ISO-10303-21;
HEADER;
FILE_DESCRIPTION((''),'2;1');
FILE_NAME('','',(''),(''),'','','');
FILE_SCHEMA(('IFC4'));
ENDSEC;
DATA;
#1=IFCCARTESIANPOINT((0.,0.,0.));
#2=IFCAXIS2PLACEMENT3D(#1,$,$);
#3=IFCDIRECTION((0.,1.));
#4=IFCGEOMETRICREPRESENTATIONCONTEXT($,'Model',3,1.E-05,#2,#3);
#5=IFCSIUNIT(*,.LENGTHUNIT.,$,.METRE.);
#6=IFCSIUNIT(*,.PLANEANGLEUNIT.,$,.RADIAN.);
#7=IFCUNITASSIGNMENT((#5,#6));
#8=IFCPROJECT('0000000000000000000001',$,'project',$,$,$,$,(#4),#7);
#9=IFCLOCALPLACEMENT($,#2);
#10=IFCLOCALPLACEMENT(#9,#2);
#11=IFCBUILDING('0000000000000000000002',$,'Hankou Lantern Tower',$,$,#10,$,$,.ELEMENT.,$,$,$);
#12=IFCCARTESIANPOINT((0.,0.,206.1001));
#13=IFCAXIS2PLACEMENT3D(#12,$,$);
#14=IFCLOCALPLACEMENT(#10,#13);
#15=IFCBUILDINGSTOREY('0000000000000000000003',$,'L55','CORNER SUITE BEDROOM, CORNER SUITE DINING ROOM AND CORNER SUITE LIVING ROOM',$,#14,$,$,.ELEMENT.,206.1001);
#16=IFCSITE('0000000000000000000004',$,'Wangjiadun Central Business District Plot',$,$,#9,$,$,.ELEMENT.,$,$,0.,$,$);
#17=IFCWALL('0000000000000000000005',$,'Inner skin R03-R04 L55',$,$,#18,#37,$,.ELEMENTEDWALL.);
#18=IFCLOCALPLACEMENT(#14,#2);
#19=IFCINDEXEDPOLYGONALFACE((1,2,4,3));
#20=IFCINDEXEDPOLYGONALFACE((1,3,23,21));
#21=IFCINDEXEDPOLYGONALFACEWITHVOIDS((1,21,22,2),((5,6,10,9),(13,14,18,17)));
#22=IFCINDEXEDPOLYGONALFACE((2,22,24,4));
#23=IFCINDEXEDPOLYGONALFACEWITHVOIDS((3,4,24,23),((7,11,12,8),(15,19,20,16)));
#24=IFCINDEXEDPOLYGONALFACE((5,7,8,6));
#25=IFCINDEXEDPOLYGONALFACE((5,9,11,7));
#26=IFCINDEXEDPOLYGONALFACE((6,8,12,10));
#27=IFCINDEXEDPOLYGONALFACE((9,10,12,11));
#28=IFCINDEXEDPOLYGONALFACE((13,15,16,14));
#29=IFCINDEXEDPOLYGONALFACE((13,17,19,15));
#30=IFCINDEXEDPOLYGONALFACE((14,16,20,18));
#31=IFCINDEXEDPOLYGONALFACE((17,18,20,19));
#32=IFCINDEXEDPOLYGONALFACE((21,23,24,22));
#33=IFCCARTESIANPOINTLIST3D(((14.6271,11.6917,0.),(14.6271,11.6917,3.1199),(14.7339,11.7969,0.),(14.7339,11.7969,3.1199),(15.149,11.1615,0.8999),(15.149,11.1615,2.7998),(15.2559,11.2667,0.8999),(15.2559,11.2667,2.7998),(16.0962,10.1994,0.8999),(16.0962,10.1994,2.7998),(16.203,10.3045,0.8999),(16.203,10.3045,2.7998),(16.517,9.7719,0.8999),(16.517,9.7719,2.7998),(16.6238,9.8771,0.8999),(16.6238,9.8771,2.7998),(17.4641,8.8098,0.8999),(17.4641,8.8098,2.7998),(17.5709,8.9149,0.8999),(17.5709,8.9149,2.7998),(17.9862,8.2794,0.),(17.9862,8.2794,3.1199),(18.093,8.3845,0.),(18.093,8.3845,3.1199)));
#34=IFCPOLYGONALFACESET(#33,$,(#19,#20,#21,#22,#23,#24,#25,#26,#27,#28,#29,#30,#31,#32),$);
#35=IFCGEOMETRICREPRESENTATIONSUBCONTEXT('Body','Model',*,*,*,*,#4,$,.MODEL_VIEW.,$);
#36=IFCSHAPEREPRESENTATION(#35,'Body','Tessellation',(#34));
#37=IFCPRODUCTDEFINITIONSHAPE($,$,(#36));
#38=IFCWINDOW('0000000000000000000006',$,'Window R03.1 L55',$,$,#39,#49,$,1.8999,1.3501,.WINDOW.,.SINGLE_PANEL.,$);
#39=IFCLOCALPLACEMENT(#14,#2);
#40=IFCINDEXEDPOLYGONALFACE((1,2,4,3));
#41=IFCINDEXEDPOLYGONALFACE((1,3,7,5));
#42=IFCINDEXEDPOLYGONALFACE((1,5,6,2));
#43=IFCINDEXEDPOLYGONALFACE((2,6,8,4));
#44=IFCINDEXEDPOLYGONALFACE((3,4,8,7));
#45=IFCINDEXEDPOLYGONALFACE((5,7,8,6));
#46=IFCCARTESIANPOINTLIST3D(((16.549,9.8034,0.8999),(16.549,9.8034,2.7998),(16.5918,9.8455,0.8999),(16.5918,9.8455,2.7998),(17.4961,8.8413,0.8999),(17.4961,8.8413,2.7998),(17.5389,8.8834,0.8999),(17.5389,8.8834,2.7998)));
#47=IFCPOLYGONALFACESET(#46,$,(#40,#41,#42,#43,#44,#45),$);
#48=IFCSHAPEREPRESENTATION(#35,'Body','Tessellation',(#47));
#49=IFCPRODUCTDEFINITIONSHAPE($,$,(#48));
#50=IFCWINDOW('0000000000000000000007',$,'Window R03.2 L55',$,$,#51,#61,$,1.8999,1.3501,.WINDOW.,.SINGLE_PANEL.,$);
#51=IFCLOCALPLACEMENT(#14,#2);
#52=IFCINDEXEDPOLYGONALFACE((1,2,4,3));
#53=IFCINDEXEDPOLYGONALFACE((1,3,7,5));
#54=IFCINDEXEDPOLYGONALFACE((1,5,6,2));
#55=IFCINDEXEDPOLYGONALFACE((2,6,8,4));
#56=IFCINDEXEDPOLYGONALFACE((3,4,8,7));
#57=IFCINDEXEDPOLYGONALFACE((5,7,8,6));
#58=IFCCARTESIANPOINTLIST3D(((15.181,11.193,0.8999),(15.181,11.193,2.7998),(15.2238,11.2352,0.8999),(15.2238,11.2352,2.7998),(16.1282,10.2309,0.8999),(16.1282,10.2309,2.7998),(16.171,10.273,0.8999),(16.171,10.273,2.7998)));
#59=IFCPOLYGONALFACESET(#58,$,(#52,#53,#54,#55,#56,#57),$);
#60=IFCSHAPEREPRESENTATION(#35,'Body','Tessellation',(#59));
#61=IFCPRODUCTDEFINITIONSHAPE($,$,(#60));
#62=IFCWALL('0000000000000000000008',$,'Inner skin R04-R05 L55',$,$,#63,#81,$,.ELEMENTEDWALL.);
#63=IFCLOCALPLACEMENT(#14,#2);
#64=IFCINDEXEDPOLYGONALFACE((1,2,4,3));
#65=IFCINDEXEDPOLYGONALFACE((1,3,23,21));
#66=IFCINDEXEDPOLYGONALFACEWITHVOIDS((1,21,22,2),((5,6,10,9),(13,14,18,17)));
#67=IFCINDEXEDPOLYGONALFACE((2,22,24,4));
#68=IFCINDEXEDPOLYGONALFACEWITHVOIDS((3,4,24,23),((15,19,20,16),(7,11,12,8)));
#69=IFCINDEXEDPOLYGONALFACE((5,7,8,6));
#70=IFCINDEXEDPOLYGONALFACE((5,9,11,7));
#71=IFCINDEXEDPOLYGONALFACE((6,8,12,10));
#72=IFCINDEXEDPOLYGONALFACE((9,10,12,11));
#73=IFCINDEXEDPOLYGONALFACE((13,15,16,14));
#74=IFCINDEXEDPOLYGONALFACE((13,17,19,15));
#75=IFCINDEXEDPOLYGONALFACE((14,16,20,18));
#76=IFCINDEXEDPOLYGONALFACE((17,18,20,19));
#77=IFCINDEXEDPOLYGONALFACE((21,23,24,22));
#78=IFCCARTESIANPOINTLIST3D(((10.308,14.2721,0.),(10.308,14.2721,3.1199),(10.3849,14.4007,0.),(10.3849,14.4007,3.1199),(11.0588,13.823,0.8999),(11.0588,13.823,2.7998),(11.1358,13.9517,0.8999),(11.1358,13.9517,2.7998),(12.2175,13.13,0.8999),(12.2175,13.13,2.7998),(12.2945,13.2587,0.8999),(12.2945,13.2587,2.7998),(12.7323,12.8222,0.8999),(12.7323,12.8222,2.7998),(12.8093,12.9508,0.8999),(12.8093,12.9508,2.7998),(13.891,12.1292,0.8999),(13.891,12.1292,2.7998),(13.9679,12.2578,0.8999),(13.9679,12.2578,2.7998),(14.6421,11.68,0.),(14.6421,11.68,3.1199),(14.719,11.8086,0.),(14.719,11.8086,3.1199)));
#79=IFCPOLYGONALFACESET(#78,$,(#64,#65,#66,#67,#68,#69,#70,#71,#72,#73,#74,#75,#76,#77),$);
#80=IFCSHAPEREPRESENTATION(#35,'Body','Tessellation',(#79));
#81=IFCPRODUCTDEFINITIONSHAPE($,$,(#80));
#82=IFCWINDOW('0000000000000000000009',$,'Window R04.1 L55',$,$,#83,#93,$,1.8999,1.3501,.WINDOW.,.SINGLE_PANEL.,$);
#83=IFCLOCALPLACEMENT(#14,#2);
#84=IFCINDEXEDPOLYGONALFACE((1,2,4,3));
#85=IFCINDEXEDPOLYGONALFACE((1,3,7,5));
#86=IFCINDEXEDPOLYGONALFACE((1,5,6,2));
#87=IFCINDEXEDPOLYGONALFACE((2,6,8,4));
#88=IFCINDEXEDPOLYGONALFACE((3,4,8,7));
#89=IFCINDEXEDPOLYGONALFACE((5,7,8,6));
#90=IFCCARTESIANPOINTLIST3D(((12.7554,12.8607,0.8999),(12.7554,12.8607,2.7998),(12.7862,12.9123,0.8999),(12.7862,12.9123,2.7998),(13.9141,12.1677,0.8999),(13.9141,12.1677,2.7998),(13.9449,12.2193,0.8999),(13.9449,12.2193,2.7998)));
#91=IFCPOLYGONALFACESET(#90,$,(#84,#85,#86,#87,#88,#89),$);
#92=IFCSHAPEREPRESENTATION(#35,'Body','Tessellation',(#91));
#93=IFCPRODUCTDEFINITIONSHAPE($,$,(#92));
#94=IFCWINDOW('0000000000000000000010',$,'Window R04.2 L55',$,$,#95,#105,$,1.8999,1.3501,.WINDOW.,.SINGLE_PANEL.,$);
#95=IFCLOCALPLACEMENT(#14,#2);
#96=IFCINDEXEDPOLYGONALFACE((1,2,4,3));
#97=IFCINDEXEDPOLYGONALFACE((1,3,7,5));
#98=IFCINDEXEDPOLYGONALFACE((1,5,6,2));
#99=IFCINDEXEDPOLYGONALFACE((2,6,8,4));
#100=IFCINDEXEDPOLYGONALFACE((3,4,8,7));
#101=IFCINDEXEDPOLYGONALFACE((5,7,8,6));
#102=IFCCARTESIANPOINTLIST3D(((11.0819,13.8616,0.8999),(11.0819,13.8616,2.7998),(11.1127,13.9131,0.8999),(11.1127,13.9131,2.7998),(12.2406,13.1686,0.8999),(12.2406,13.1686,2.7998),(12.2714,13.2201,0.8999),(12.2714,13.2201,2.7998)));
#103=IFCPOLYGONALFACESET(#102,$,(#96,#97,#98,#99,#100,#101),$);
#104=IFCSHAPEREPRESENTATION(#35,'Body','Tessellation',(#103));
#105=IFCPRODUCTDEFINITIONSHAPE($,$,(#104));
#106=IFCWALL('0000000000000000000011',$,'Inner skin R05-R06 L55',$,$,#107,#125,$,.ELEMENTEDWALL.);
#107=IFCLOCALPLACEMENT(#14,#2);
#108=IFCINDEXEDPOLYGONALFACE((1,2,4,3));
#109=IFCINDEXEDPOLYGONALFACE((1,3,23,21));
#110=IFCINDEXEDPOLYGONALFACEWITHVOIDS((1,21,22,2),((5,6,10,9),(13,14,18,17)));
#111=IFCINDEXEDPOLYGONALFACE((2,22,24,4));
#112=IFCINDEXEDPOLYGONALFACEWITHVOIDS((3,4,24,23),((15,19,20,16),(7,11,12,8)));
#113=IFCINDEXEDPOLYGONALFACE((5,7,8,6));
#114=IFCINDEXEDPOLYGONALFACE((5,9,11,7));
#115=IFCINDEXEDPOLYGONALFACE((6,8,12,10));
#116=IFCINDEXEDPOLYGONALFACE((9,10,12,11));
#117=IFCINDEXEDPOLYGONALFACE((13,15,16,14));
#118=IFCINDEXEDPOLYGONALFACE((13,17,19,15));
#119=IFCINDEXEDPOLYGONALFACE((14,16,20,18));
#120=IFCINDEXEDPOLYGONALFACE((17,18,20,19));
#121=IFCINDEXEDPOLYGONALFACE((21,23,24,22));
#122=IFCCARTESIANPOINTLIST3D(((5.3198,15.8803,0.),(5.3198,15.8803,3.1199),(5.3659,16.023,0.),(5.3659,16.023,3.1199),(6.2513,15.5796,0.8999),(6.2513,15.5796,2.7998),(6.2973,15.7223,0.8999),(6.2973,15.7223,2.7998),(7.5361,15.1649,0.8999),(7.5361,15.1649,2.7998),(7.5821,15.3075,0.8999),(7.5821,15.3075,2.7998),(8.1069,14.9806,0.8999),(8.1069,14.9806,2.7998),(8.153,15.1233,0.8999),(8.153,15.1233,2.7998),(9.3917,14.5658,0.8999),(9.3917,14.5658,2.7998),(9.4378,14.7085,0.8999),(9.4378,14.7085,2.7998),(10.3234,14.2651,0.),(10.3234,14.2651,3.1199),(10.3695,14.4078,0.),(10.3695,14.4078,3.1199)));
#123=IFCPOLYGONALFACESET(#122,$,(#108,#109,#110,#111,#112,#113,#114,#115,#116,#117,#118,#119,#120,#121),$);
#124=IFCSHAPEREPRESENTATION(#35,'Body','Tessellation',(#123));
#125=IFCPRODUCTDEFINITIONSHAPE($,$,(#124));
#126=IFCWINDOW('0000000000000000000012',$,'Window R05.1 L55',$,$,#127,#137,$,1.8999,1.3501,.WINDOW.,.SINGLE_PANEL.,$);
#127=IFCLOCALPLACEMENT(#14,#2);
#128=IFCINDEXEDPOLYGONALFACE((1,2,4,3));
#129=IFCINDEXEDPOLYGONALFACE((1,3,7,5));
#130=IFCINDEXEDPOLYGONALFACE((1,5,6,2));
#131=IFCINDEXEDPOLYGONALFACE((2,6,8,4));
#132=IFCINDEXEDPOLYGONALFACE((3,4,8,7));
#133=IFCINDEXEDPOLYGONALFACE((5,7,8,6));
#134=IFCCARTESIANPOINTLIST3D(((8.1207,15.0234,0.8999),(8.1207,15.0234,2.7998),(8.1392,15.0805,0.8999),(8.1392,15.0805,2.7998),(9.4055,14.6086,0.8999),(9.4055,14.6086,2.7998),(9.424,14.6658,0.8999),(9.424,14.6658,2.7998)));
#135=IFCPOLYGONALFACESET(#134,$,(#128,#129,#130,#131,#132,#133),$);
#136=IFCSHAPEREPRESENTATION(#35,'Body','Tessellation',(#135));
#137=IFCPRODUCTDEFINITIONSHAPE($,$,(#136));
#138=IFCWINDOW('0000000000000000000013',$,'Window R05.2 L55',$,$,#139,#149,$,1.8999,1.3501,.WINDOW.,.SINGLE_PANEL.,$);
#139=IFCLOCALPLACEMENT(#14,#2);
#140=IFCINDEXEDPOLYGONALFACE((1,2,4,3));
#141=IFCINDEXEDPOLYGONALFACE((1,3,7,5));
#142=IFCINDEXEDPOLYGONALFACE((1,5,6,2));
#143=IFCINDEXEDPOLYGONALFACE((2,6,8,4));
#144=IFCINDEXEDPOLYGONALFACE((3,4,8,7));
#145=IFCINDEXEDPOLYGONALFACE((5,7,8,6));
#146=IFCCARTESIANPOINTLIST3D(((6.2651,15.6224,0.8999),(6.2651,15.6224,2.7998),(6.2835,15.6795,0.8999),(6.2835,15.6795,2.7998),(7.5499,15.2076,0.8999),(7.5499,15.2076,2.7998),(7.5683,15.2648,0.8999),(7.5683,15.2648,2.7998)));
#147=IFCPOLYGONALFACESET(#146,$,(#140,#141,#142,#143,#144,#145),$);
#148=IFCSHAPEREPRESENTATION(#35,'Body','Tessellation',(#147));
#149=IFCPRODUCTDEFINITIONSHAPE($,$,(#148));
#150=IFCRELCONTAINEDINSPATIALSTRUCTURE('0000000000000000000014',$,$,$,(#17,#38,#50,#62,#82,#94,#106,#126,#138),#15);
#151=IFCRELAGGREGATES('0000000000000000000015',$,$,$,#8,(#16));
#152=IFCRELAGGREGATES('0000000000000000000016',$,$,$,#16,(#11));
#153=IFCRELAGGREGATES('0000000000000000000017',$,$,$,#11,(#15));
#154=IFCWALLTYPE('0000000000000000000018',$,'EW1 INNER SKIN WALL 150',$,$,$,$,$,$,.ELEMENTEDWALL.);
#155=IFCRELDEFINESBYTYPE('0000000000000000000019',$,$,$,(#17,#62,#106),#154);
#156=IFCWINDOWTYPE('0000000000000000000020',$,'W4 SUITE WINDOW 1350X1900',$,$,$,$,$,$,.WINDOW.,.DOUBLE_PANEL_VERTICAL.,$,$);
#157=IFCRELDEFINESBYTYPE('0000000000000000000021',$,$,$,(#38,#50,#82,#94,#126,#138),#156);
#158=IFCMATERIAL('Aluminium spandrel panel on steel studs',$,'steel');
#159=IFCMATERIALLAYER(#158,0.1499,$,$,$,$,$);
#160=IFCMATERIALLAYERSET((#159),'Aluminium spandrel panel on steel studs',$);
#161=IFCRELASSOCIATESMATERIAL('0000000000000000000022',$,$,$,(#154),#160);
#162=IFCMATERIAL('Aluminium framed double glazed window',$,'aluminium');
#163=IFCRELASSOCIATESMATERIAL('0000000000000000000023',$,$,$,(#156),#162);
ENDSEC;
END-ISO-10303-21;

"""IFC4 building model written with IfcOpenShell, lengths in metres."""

from ifc_helpers import new_model, si_unit, direction, frame, frame_2d, origin, place, context, subcontext, project, spatial, rectangle, extrude, material, layer, layer_set, type_object, element, fill, save


model = new_model("IFC4")

# Units and contexts
model_context = context("Model", 3, precision=1e-05, world=origin(), true_north=direction((0.0, 1.0)))
body_context = subcontext(model_context, "Body", "Model", "MODEL_VIEW")
ifc_project = project(units=[si_unit("LENGTHUNIT", "METRE"), si_unit("PLANEANGLEUNIT", "RADIAN")], contexts=[model_context])

# Site, building, storey
site_placement = place(None, origin())
site = spatial("IfcSite", under=ifc_project, at=site_placement, Name="Wangjiadun Central Business District Plot", CompositionType="ELEMENT", RefElevation=0.0)
building_placement = place(site_placement, origin())
building = spatial("IfcBuilding", under=site, at=building_placement, Name="Hankou Lantern Tower", CompositionType="ELEMENT")
storey_placement = place(building_placement, frame((0.0, 0.0, 206.1001)))
storey = spatial("IfcBuildingStorey", under=building, at=storey_placement, Name="L55", Description="CORNER SUITE BEDROOM, CORNER SUITE DINING ROOM AND CORNER SUITE LIVING ROOM", CompositionType="ELEMENT", Elevation=206.1001)

# Walls, openings, windows
ifc_material_1 = material(Name="Aluminium spandrel panel on steel studs", Category="steel")
ifc_layer_1 = layer(ifc_material_1, 0.1499)
ifc_layer_set_1 = layer_set([ifc_layer_1], Name="Aluminium spandrel panel on steel studs")
wall_type_1 = type_object("IfcWallType", Name="EW1 INNER SKIN WALL 150", PredefinedType="ELEMENTEDWALL", material=ifc_layer_set_1)
wall_1_placement = place(storey_placement, frame((18.0396, 8.332, 0.0), z_axis=(0.0, 0.0, 1.0), x_axis=(-0.701527, 0.712643, 0.0)))
wall_1 = element("IfcWall", 1, at=wall_1_placement, inside=storey, type_object=wall_type_1, Name="Inner skin R03-R04 L55", PredefinedType="ELEMENTEDWALL", context=body_context, shape_type="SweptSolid", body=[
    extrude(rectangle(XDim=4.7883, YDim=0.1499, at=frame_2d((2.394, 0.0))), origin(), (0.0, 0.0, 1.0), 3.1199),
])
opening_1_placement = place(wall_1_placement, frame((0.7441, 0.0, 0.8999)))
opening_1 = element("IfcOpeningElement", 2, at=opening_1_placement, cuts=wall_1, PredefinedType="OPENING", context=body_context, shape_type="SweptSolid", body=[
    extrude(rectangle(XDim=1.3501, YDim=1.8999, at=frame_2d((0.675, 0.95))), frame((0.0, 0.085, 0.0), z_axis=(0.0, -1.0, 0.0), x_axis=(1.0, 0.0, 0.0)), (0.0, 0.0, 1.0), 0.1699),
])
opening_2_placement = place(wall_1_placement, frame((2.6941, 0.0, 0.8999)))
opening_2 = element("IfcOpeningElement", 3, at=opening_2_placement, cuts=wall_1, PredefinedType="OPENING", context=body_context, shape_type="SweptSolid", body=[
    extrude(rectangle(XDim=1.3501, YDim=1.8999, at=frame_2d((0.675, 0.95))), frame((0.0, 0.085, 0.0), z_axis=(0.0, -1.0, 0.0), x_axis=(1.0, 0.0, 0.0)), (0.0, 0.0, 1.0), 0.1699),
])
ifc_material_2 = material(Name="Aluminium framed double glazed window", Category="aluminium")
window_type = type_object("IfcWindowType", Name="W4 SUITE WINDOW 1350X1900", PartitioningType="DOUBLE_PANEL_VERTICAL", PredefinedType="WINDOW", material=ifc_material_2)
window_1_placement = place(opening_1_placement, origin())
window_1 = element("IfcWindow", 4, at=window_1_placement, inside=storey, type_object=window_type, Name="Window R03.1 L55", OverallHeight=1.8999, OverallWidth=1.3501, PartitioningType="SINGLE_PANEL", PredefinedType="WINDOW", context=body_context, shape_type="SweptSolid", body=[
    extrude(rectangle(XDim=1.3501, YDim=1.8999, at=frame_2d((0.675, 0.95))), frame((0.0, 0.03, 0.0), z_axis=(0.0, -1.0, 0.0), x_axis=(1.0, 0.0, 0.0)), (0.0, 0.0, 1.0), 0.0601),
])
fill(opening_1, window_1)
window_2_placement = place(opening_2_placement, origin())
window_2 = element("IfcWindow", 5, at=window_2_placement, inside=storey, type_object=window_type, Name="Window R03.2 L55", OverallHeight=1.8999, OverallWidth=1.3501, PartitioningType="SINGLE_PANEL", PredefinedType="WINDOW", context=body_context, shape_type="SweptSolid", body=[
    extrude(rectangle(XDim=1.3501, YDim=1.8999, at=frame_2d((0.675, 0.95))), frame((0.0, 0.03, 0.0), z_axis=(0.0, -1.0, 0.0), x_axis=(1.0, 0.0, 0.0)), (0.0, 0.0, 1.0), 0.0601),
])
fill(opening_2, window_2)
wall_2_placement = place(storey_placement, frame((14.6804, 11.7444, 0.0), z_axis=(0.0, 0.0, 1.0), x_axis=(-0.858222, 0.51328, 0.0)))
wall_2 = element("IfcWall", 6, at=wall_2_placement, inside=storey, type_object=wall_type_1, Name="Inner skin R04-R05 L55", PredefinedType="ELEMENTEDWALL", context=body_context, shape_type="SweptSolid", body=[
    extrude(rectangle(XDim=5.05, YDim=0.1499, at=frame_2d((2.5249, 0.0))), origin(), (0.0, 0.0, 1.0), 3.1199),
])
opening_3_placement = place(wall_2_placement, frame((0.875, 0.0, 0.8999)))
opening_3 = element("IfcOpeningElement", 7, at=opening_3_placement, cuts=wall_2, PredefinedType="OPENING", context=body_context, shape_type="SweptSolid", body=[
    extrude(rectangle(XDim=1.3501, YDim=1.8999, at=frame_2d((0.675, 0.95))), frame((0.0, 0.085, 0.0), z_axis=(0.0, -1.0, 0.0), x_axis=(1.0, 0.0, 0.0)), (0.0, 0.0, 1.0), 0.1699),
])
opening_4_placement = place(wall_2_placement, frame((2.825, 0.0, 0.8999)))
opening_4 = element("IfcOpeningElement", 8, at=opening_4_placement, cuts=wall_2, PredefinedType="OPENING", context=body_context, shape_type="SweptSolid", body=[
    extrude(rectangle(XDim=1.3501, YDim=1.8999, at=frame_2d((0.675, 0.95))), frame((0.0, 0.085, 0.0), z_axis=(0.0, -1.0, 0.0), x_axis=(1.0, 0.0, 0.0)), (0.0, 0.0, 1.0), 0.1699),
])
window_3_placement = place(opening_3_placement, origin())
window_3 = element("IfcWindow", 9, at=window_3_placement, inside=storey, type_object=window_type, Name="Window R04.1 L55", OverallHeight=1.8999, OverallWidth=1.3501, PartitioningType="SINGLE_PANEL", PredefinedType="WINDOW", context=body_context, shape_type="SweptSolid", body=[
    extrude(rectangle(XDim=1.3501, YDim=1.8999, at=frame_2d((0.675, 0.95))), frame((0.0, 0.03, 0.0), z_axis=(0.0, -1.0, 0.0), x_axis=(1.0, 0.0, 0.0)), (0.0, 0.0, 1.0), 0.0601),
])
fill(opening_3, window_3)
window_4_placement = place(opening_4_placement, origin())
window_4 = element("IfcWindow", 10, at=window_4_placement, inside=storey, type_object=window_type, Name="Window R04.2 L55", OverallHeight=1.8999, OverallWidth=1.3501, PartitioningType="SINGLE_PANEL", PredefinedType="WINDOW", context=body_context, shape_type="SweptSolid", body=[
    extrude(rectangle(XDim=1.3501, YDim=1.8999, at=frame_2d((0.675, 0.95))), frame((0.0, 0.03, 0.0), z_axis=(0.0, -1.0, 0.0), x_axis=(1.0, 0.0, 0.0)), (0.0, 0.0, 1.0), 0.0601),
])
fill(opening_4, window_4)
wall_3_placement = place(storey_placement, frame((10.3464, 14.3364, 0.0), z_axis=(0.0, 0.0, 1.0), x_axis=(-0.951645, 0.307201, 0.0)))
wall_3 = element("IfcWall", 11, at=wall_3_placement, inside=storey, type_object=wall_type_1, Name="Inner skin R05-R06 L55", PredefinedType="ELEMENTEDWALL", context=body_context, shape_type="SweptSolid", body=[
    extrude(rectangle(XDim=5.2578, YDim=0.1499, at=frame_2d((2.6289, 0.0))), origin(), (0.0, 0.0, 1.0), 3.1199),
])
opening_5_placement = place(wall_3_placement, frame((0.979, 0.0, 0.8999)))
opening_5 = element("IfcOpeningElement", 12, at=opening_5_placement, cuts=wall_3, PredefinedType="OPENING", context=body_context, shape_type="SweptSolid", body=[
    extrude(rectangle(XDim=1.3501, YDim=1.8999, at=frame_2d((0.675, 0.95))), frame((0.0, 0.085, 0.0), z_axis=(0.0, -1.0, 0.0), x_axis=(1.0, 0.0, 0.0)), (0.0, 0.0, 1.0), 0.1699),
])
opening_6_placement = place(wall_3_placement, frame((2.929, 0.0, 0.8999)))
opening_6 = element("IfcOpeningElement", 13, at=opening_6_placement, cuts=wall_3, PredefinedType="OPENING", context=body_context, shape_type="SweptSolid", body=[
    extrude(rectangle(XDim=1.3501, YDim=1.8999, at=frame_2d((0.675, 0.95))), frame((0.0, 0.085, 0.0), z_axis=(0.0, -1.0, 0.0), x_axis=(1.0, 0.0, 0.0)), (0.0, 0.0, 1.0), 0.1699),
])
window_5_placement = place(opening_5_placement, origin())
window_5 = element("IfcWindow", 14, at=window_5_placement, inside=storey, type_object=window_type, Name="Window R05.1 L55", OverallHeight=1.8999, OverallWidth=1.3501, PartitioningType="SINGLE_PANEL", PredefinedType="WINDOW", context=body_context, shape_type="SweptSolid", body=[
    extrude(rectangle(XDim=1.3501, YDim=1.8999, at=frame_2d((0.675, 0.95))), frame((0.0, 0.03, 0.0), z_axis=(0.0, -1.0, 0.0), x_axis=(1.0, 0.0, 0.0)), (0.0, 0.0, 1.0), 0.0601),
])
fill(opening_5, window_5)
window_6_placement = place(opening_6_placement, origin())
window_6 = element("IfcWindow", 15, at=window_6_placement, inside=storey, type_object=window_type, Name="Window R05.2 L55", OverallHeight=1.8999, OverallWidth=1.3501, PartitioningType="SINGLE_PANEL", PredefinedType="WINDOW", context=body_context, shape_type="SweptSolid", body=[
    extrude(rectangle(XDim=1.3501, YDim=1.8999, at=frame_2d((0.675, 0.95))), frame((0.0, 0.03, 0.0), z_axis=(0.0, -1.0, 0.0), x_axis=(1.0, 0.0, 0.0)), (0.0, 0.0, 1.0), 0.0601),
])
fill(opening_6, window_6)

save(model, "model.ifc")
